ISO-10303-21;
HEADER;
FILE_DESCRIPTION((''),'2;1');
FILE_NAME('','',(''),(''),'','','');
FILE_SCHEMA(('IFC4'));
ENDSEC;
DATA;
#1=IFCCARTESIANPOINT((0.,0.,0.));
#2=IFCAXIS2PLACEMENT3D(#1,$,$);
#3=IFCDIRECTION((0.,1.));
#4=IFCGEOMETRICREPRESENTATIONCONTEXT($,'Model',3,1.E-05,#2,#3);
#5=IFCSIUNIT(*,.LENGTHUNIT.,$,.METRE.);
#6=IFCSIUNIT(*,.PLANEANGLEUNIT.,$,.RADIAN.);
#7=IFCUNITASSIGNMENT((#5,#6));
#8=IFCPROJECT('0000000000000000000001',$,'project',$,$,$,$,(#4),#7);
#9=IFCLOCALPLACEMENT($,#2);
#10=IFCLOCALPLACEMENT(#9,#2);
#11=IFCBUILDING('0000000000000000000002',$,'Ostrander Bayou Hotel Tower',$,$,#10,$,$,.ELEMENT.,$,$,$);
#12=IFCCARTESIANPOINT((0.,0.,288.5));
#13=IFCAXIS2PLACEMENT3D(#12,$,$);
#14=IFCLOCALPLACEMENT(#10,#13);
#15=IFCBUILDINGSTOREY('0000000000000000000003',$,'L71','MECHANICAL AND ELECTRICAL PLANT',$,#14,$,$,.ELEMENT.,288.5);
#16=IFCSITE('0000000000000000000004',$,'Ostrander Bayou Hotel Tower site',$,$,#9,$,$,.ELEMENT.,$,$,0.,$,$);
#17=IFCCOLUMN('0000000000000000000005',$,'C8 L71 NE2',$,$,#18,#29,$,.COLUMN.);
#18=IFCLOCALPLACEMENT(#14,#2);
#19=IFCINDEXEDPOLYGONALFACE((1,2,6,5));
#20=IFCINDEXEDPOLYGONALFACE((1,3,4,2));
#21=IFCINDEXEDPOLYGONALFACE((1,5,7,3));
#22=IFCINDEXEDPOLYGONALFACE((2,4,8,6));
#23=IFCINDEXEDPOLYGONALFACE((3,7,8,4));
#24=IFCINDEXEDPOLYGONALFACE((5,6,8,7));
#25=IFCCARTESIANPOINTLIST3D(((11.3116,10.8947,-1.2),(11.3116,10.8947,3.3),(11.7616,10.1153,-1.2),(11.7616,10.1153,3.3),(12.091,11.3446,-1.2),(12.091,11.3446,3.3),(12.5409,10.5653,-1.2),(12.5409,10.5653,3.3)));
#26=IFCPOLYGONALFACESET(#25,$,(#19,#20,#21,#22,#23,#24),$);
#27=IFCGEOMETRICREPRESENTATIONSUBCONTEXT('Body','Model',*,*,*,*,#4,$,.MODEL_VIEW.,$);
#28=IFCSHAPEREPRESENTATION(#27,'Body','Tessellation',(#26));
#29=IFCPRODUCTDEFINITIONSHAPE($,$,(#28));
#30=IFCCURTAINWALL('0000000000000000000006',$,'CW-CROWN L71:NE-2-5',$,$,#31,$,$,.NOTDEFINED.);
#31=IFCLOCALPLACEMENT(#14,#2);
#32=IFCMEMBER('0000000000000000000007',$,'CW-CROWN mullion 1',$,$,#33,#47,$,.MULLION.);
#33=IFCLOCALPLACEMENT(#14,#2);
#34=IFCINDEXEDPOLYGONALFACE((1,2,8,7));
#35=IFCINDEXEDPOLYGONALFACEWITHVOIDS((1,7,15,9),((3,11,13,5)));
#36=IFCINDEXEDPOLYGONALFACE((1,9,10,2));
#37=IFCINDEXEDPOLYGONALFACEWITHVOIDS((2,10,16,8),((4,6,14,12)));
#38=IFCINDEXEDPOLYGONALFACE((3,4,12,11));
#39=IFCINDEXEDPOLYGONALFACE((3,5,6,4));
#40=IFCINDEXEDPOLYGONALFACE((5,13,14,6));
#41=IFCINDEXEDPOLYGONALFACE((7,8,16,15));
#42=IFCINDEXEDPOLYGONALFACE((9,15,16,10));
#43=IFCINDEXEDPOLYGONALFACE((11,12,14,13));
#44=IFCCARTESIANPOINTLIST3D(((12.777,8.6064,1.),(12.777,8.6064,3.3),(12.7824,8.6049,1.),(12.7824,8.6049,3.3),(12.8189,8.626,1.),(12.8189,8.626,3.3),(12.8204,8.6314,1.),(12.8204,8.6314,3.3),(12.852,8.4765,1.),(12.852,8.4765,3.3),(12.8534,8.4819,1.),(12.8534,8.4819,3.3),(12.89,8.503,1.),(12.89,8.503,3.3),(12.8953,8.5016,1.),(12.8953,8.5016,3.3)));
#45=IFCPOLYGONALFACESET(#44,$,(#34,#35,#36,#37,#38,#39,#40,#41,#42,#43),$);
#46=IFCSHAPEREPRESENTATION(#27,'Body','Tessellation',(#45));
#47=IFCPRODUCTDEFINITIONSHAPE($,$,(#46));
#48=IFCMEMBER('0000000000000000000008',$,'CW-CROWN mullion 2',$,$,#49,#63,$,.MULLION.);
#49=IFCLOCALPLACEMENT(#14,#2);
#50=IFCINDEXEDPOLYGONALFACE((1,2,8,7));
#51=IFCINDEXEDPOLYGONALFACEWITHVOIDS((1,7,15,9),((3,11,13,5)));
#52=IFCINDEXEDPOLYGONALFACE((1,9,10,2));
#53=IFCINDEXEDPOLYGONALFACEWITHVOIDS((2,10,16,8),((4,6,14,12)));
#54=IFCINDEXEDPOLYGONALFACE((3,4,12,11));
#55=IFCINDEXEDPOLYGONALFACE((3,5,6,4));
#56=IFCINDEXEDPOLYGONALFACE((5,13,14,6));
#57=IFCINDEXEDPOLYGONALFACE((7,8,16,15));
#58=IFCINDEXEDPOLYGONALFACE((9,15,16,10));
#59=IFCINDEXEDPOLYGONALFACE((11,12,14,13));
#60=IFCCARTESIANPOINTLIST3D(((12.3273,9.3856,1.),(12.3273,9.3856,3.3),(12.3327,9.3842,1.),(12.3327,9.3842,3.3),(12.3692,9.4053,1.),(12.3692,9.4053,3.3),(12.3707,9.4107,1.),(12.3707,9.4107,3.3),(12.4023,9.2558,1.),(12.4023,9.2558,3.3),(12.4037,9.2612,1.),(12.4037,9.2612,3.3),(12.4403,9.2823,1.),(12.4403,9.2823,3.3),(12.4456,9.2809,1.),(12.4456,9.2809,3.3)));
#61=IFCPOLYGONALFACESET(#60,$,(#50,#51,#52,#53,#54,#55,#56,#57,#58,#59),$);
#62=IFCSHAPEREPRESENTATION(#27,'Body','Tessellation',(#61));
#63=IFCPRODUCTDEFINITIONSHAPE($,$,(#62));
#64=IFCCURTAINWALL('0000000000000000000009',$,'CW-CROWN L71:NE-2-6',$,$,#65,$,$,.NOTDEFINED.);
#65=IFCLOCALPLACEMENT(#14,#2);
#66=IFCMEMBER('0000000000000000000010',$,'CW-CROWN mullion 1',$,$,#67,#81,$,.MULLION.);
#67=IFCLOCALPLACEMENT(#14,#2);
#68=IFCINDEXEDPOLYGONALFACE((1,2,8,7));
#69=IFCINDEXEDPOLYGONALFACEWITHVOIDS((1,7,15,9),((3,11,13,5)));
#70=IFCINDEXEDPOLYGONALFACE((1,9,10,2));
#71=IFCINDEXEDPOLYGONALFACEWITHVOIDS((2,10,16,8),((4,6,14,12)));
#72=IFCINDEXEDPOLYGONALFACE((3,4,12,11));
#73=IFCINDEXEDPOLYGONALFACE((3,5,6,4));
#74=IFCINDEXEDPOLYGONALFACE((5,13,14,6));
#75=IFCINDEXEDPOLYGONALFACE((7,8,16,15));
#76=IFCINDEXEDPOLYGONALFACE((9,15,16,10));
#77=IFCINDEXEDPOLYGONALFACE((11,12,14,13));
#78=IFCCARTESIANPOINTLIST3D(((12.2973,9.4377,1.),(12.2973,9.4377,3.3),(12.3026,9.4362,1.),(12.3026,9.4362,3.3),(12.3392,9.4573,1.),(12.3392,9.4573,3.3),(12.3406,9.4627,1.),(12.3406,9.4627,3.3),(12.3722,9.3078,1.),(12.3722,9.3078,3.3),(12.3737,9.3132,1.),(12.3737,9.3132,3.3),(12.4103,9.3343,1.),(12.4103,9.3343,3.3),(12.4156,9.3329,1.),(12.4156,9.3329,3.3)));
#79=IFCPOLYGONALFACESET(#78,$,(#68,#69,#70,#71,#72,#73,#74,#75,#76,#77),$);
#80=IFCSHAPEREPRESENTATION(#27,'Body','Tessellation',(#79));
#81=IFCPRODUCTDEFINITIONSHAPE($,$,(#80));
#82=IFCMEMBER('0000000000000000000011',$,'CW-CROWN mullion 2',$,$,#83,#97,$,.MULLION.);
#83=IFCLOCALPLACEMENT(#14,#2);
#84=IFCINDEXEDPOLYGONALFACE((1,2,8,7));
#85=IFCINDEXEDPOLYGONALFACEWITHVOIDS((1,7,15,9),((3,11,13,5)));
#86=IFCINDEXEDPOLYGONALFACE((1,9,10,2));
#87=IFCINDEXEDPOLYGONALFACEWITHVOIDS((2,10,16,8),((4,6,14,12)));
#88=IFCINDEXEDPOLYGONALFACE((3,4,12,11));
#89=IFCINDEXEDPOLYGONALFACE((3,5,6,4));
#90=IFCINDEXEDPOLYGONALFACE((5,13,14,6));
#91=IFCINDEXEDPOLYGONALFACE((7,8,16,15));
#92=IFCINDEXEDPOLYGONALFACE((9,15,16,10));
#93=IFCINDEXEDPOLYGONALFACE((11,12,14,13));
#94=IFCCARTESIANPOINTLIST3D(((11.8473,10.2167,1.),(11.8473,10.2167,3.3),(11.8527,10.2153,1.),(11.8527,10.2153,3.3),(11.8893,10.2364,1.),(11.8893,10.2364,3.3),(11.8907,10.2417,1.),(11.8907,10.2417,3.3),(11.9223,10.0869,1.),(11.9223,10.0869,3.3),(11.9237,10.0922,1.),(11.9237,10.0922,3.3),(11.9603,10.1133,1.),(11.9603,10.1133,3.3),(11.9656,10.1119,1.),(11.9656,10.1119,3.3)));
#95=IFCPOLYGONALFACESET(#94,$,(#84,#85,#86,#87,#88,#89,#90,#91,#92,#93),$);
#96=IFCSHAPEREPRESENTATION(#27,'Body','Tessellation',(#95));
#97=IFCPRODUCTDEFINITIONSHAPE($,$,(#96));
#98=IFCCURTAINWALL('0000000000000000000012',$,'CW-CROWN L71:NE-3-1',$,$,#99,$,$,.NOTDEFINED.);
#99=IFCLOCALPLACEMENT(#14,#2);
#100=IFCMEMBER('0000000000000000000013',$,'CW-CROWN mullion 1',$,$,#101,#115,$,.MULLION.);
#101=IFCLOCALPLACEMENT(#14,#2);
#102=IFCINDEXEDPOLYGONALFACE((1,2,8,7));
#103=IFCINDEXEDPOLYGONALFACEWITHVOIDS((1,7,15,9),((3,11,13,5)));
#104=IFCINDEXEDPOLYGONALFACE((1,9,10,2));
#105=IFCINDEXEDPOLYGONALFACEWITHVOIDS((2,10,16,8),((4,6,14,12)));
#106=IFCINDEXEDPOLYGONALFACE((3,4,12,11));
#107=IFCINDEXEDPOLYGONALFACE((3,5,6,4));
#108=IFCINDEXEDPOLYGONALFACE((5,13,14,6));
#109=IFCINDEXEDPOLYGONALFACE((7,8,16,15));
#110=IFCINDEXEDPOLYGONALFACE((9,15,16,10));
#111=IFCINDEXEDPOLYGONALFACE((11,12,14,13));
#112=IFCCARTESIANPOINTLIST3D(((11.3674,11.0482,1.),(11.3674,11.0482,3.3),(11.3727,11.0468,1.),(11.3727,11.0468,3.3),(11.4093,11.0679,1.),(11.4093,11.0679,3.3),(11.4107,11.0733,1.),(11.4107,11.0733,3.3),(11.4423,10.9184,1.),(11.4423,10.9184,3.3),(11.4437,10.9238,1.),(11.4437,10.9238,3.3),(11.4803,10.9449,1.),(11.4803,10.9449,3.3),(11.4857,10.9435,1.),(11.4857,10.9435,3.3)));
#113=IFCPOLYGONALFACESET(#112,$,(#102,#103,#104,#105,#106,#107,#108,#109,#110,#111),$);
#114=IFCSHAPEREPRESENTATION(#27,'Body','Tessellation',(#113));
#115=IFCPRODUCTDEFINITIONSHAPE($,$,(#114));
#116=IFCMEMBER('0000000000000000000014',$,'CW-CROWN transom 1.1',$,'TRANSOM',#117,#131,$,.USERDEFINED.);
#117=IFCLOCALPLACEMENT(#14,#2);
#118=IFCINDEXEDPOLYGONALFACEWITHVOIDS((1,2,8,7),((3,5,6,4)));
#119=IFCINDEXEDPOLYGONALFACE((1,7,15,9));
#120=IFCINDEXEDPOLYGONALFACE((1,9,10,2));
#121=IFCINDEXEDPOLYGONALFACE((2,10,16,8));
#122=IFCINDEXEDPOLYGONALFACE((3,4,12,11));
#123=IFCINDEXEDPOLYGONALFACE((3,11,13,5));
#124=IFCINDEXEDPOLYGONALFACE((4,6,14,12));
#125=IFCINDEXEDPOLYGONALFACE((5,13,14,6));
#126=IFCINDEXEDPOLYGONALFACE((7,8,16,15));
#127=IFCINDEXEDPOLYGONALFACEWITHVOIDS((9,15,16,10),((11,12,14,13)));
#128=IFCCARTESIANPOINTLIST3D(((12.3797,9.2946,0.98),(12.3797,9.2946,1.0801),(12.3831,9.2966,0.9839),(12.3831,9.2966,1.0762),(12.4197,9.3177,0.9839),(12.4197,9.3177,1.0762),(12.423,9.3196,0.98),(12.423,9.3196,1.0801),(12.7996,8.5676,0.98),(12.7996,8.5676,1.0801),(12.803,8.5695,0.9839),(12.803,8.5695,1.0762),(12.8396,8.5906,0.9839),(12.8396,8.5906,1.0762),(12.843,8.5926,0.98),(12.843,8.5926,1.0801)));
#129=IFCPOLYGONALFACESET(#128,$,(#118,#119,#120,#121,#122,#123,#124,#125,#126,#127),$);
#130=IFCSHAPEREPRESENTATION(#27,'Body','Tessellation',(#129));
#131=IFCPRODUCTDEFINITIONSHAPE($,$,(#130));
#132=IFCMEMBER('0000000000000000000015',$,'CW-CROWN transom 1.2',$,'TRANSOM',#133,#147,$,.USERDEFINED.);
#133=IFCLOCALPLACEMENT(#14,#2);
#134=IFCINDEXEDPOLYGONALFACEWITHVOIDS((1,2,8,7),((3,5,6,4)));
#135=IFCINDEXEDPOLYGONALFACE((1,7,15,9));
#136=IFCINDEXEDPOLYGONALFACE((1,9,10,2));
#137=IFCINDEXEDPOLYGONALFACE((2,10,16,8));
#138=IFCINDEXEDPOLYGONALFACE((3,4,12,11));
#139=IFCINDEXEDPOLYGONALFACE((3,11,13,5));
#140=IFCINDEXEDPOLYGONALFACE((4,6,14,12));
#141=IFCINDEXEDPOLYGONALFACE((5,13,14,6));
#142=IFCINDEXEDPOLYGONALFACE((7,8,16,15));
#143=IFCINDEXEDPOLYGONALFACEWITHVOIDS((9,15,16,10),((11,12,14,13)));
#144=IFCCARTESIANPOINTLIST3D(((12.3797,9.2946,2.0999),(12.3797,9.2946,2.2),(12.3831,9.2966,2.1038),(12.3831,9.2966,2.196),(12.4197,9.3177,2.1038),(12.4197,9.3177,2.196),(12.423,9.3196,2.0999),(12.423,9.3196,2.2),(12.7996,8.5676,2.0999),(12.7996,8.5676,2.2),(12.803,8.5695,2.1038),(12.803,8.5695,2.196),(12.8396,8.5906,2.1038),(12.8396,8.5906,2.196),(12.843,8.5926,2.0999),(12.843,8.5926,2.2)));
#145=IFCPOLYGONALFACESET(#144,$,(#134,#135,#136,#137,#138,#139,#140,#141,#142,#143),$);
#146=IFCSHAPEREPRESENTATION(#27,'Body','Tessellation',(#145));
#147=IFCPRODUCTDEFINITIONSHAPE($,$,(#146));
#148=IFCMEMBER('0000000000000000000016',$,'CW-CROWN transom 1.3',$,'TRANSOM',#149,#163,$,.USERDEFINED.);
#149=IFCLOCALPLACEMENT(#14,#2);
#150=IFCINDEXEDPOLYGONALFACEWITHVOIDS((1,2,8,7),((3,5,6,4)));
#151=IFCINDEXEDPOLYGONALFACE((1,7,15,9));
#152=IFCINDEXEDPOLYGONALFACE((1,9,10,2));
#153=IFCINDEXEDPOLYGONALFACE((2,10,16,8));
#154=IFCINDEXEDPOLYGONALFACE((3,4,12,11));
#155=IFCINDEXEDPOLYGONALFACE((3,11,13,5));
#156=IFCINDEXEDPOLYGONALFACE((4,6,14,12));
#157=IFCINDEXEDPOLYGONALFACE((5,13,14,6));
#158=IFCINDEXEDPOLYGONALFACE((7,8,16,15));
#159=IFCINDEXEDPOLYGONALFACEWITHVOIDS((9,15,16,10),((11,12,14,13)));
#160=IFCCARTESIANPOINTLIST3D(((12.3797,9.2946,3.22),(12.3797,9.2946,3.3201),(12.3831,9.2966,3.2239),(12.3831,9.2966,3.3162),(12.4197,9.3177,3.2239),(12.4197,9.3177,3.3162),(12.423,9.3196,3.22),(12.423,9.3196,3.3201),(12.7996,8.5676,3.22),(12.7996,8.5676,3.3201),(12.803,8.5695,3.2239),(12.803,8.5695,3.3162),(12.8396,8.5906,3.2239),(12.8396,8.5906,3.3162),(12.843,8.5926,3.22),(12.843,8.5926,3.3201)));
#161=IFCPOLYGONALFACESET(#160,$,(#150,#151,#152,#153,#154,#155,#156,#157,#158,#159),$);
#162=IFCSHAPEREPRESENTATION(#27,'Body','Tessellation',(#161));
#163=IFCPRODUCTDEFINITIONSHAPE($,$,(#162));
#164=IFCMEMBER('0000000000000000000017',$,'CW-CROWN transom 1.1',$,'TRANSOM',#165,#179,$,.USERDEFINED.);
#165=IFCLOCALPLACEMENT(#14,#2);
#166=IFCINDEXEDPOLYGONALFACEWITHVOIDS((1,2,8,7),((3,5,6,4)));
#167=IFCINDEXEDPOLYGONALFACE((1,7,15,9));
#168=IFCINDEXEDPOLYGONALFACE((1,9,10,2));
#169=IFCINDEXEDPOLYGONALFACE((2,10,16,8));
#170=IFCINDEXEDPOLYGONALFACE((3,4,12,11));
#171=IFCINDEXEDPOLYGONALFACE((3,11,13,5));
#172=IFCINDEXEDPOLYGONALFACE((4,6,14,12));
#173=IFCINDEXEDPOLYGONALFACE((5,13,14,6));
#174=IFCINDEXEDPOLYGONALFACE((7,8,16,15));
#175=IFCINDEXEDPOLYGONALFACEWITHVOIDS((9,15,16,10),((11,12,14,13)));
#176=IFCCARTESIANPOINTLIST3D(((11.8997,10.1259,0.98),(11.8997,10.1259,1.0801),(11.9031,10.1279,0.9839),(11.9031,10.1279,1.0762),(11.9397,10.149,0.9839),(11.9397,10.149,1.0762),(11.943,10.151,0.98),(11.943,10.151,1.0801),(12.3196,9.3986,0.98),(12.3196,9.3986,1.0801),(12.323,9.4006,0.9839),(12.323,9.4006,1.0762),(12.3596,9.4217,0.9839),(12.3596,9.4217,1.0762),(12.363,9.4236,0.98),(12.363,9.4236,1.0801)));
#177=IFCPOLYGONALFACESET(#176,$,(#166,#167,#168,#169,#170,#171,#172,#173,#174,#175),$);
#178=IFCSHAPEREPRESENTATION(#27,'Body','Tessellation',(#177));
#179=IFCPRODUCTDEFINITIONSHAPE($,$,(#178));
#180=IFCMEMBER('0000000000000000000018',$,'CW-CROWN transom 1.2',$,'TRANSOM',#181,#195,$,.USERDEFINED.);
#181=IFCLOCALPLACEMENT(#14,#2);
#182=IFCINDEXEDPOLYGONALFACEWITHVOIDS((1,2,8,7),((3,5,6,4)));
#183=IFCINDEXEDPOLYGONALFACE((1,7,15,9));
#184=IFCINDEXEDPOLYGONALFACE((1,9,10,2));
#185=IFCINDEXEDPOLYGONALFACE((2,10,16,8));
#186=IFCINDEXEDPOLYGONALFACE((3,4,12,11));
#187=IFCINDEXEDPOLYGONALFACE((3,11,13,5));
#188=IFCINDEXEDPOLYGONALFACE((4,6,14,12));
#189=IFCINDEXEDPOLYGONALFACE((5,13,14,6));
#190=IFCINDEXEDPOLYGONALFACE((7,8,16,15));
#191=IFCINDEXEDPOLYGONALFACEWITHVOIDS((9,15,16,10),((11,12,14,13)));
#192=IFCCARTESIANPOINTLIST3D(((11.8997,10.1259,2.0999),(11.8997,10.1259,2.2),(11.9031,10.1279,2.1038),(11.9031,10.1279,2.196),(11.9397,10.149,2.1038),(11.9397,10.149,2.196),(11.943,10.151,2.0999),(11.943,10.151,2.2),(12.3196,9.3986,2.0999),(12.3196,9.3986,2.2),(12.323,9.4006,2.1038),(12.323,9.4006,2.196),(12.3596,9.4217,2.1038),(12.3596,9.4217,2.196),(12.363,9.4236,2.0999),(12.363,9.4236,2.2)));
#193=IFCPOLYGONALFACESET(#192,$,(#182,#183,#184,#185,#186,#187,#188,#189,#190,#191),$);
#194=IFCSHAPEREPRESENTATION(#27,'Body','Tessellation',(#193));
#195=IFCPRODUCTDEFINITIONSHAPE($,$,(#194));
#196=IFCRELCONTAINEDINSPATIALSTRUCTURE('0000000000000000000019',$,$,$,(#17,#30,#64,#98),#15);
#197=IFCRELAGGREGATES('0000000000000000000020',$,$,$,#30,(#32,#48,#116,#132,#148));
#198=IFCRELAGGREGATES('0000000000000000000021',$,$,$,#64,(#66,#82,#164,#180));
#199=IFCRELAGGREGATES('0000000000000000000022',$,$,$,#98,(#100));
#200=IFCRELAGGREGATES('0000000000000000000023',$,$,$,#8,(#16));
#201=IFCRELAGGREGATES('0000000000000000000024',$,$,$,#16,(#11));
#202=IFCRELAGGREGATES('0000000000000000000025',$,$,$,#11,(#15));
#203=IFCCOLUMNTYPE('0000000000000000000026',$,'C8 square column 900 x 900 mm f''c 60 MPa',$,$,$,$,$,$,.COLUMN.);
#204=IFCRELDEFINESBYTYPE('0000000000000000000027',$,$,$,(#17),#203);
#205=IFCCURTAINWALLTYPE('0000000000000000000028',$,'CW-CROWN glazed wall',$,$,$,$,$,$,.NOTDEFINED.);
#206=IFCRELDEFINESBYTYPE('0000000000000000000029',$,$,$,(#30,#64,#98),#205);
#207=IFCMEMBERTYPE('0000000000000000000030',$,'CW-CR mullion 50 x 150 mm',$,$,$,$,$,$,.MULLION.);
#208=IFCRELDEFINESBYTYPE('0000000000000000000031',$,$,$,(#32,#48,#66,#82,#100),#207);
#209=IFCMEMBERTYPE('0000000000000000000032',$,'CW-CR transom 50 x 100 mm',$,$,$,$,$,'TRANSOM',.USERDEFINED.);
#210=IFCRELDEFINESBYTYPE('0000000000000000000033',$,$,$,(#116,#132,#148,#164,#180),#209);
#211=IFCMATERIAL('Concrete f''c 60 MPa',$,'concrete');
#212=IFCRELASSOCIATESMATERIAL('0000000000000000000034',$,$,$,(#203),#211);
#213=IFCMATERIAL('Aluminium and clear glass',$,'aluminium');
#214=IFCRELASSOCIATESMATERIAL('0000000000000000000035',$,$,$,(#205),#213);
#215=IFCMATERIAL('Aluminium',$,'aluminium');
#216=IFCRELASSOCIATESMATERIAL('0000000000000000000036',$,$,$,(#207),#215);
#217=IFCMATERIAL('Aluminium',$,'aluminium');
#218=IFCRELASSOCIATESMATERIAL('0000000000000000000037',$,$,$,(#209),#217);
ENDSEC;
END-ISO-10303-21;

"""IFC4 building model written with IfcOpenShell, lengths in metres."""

from ifc_helpers import new_model, si_unit, direction, frame, origin, origin_2d, place, context, subcontext, project, spatial, rectangle, hollow_rectangle, extrude, material, material_profile, profile_set, type_object, element, aggregate, save


model = new_model("IFC4")

# Units and contexts
model_context = context("Model", 3, precision=1e-05, world=origin(), true_north=direction((0.0, 1.0)))
body_context = subcontext(model_context, "Body", "Model", "MODEL_VIEW")
ifc_project = project(units=[si_unit("LENGTHUNIT", "METRE"), si_unit("PLANEANGLEUNIT", "RADIAN")], contexts=[model_context])

# Site, building, storey
site_placement = place(None, origin())
site = spatial("IfcSite", under=ifc_project, at=site_placement, Name="Ostrander Bayou Hotel Tower site", CompositionType="ELEMENT", RefElevation=0.0)
building_placement = place(site_placement, origin())
building = spatial("IfcBuilding", under=site, at=building_placement, Name="Ostrander Bayou Hotel Tower", CompositionType="ELEMENT")
storey_placement = place(building_placement, frame((0.0, 0.0, 288.5)))
storey = spatial("IfcBuildingStorey", under=building, at=storey_placement, Name="L71", Description="MECHANICAL AND ELECTRICAL PLANT", CompositionType="ELEMENT", Elevation=288.5)

# Column
ifc_material_1 = material(Name="Concrete f'c 60 MPa", Category="concrete")
ifc_material_profile_1 = material_profile(ifc_material_1, rectangle(XDim=0.8999, YDim=0.8999, at=origin_2d()))
ifc_profile_set_1 = profile_set([ifc_material_profile_1], Name="Concrete f'c 60 MPa")
column_type = type_object("IfcColumnType", Name="C8 square column 900 x 900 mm f'c 60 MPa", PredefinedType="COLUMN", material=ifc_profile_set_1)
column_placement = place(storey_placement, frame((11.9263, 10.73, -1.2), z_axis=(0.0, 0.0, 1.0), x_axis=(0.5, -0.866025, 0.0)))
element("IfcColumn", 1, at=column_placement, inside=storey, type_object=column_type, Name="C8 L71 NE2", PredefinedType="COLUMN", context=body_context, shape_type="SweptSolid", body=[
    extrude(rectangle(XDim=0.8999, YDim=0.8999, at=origin_2d()), origin(), (0.0, 0.0, 1.0), 4.5),
])

# Curtain walls, members
ifc_material_2 = material(Name="Aluminium and clear glass", Category="aluminium")
curtain_wall_type = type_object("IfcCurtainWallType", Name="CW-CROWN glazed wall", PredefinedType="NOTDEFINED", material=ifc_material_2)
curtain_wall_1_placement = place(storey_placement, origin())
curtain_wall_1 = element("IfcCurtainWall", 2, at=curtain_wall_1_placement, inside=storey, type_object=curtain_wall_type, Name="CW-CROWN L71:NE-2-5", PredefinedType="NOTDEFINED")
ifc_material_3 = material(Name="Aluminium", Category="aluminium")
ifc_material_profile_2 = material_profile(ifc_material_3, hollow_rectangle(XDim=0.05, YDim=0.1499, WallThickness=0.0039, at=origin_2d()))
ifc_profile_set_2 = profile_set([ifc_material_profile_2], Name="Aluminium")
member_type_1 = type_object("IfcMemberType", Name="CW-CR mullion 50 x 150 mm", PredefinedType="MULLION", material=ifc_profile_set_2)
member_1_placement = place(storey_placement, frame((12.8362, 8.554, 1.0), z_axis=(0.0, 0.0, 1.0), x_axis=(-0.866022, -0.500005, 0.0)))
member_1 = element("IfcMember", 3, at=member_1_placement, type_object=member_type_1, Name="CW-CROWN mullion 1", PredefinedType="MULLION", context=body_context, shape_type="SweptSolid", body=[
    extrude(hollow_rectangle(XDim=0.05, YDim=0.1499, WallThickness=0.0039, at=origin_2d()), origin(), (0.0, 0.0, 1.0), 2.3),
])
member_2_placement = place(storey_placement, frame((12.3865, 9.3333, 1.0), z_axis=(0.0, 0.0, 1.0), x_axis=(-0.866022, -0.500005, 0.0)))
member_2 = element("IfcMember", 4, at=member_2_placement, type_object=member_type_1, Name="CW-CROWN mullion 2", PredefinedType="MULLION", context=body_context, shape_type="SweptSolid", body=[
    extrude(hollow_rectangle(XDim=0.05, YDim=0.1499, WallThickness=0.0039, at=origin_2d()), origin(), (0.0, 0.0, 1.0), 2.3),
])
curtain_wall_2_placement = place(storey_placement, origin())
curtain_wall_2 = element("IfcCurtainWall", 5, at=curtain_wall_2_placement, inside=storey, type_object=curtain_wall_type, Name="CW-CROWN L71:NE-2-6", PredefinedType="NOTDEFINED")
member_3_placement = place(storey_placement, frame((12.3564, 9.3853, 1.0), z_axis=(0.0, 0.0, 1.0), x_axis=(-0.866022, -0.500005, 0.0)))
member_3 = element("IfcMember", 6, at=member_3_placement, type_object=member_type_1, Name="CW-CROWN mullion 1", PredefinedType="MULLION", context=body_context, shape_type="SweptSolid", body=[
    extrude(hollow_rectangle(XDim=0.05, YDim=0.1499, WallThickness=0.0039, at=origin_2d()), origin(), (0.0, 0.0, 1.0), 2.3),
])
member_4_placement = place(storey_placement, frame((11.9065, 10.1643, 1.0), z_axis=(0.0, 0.0, 1.0), x_axis=(-0.866022, -0.500005, 0.0)))
member_4 = element("IfcMember", 7, at=member_4_placement, type_object=member_type_1, Name="CW-CROWN mullion 2", PredefinedType="MULLION", context=body_context, shape_type="SweptSolid", body=[
    extrude(hollow_rectangle(XDim=0.05, YDim=0.1499, WallThickness=0.0039, at=origin_2d()), origin(), (0.0, 0.0, 1.0), 2.3),
])

# Curtain wall, member
curtain_wall_3_placement = place(storey_placement, origin())
curtain_wall_3 = element("IfcCurtainWall", 8, at=curtain_wall_3_placement, inside=storey, type_object=curtain_wall_type, Name="CW-CROWN L71:NE-3-1", PredefinedType="NOTDEFINED")
member_5_placement = place(storey_placement, frame((11.4265, 10.9958, 1.0), z_axis=(0.0, 0.0, 1.0), x_axis=(-0.866026, -0.499999, 0.0)))
member_5 = element("IfcMember", 9, at=member_5_placement, type_object=member_type_1, Name="CW-CROWN mullion 1", PredefinedType="MULLION", context=body_context, shape_type="SweptSolid", body=[
    extrude(hollow_rectangle(XDim=0.05, YDim=0.1499, WallThickness=0.0039, at=origin_2d()), origin(), (0.0, 0.0, 1.0), 2.3),
])

# Members
ifc_material_4 = material(Name="Aluminium", Category="aluminium")
ifc_material_profile_3 = material_profile(ifc_material_4, hollow_rectangle(XDim=0.05, YDim=0.1001, WallThickness=0.0039, at=origin_2d()))
ifc_profile_set_3 = profile_set([ifc_material_profile_3], Name="Aluminium")
member_type_2 = type_object("IfcMemberType", Name="CW-CR transom 50 x 100 mm", ElementType="TRANSOM", PredefinedType="USERDEFINED", material=ifc_profile_set_3)
member_6_placement = place(storey_placement, frame((12.8213, 8.5801, 1.03), z_axis=(-0.500142, 0.865943, 0.0), x_axis=(-0.865943, -0.500142, 0.0)))
member_6 = element("IfcMember", 10, at=member_6_placement, type_object=member_type_2, Name="CW-CROWN transom 1.1", ObjectType="TRANSOM", PredefinedType="USERDEFINED", context=body_context, shape_type="SweptSolid", body=[
    extrude(hollow_rectangle(XDim=0.05, YDim=0.1001, WallThickness=0.0039, at=origin_2d()), origin(), (0.0, 0.0, 1.0), 0.8396),
])
member_7_placement = place(storey_placement, frame((12.8213, 8.5801, 2.1499), z_axis=(-0.500142, 0.865943, 0.0), x_axis=(-0.865943, -0.500142, 0.0)))
member_7 = element("IfcMember", 11, at=member_7_placement, type_object=member_type_2, Name="CW-CROWN transom 1.2", ObjectType="TRANSOM", PredefinedType="USERDEFINED", context=body_context, shape_type="SweptSolid", body=[
    extrude(hollow_rectangle(XDim=0.05, YDim=0.1001, WallThickness=0.0039, at=origin_2d()), origin(), (0.0, 0.0, 1.0), 0.8396),
])
member_8_placement = place(storey_placement, frame((12.8213, 8.5801, 3.27), z_axis=(-0.500142, 0.865943, 0.0), x_axis=(-0.865943, -0.500142, 0.0)))
member_8 = element("IfcMember", 12, at=member_8_placement, type_object=member_type_2, Name="CW-CROWN transom 1.3", ObjectType="TRANSOM", PredefinedType="USERDEFINED", context=body_context, shape_type="SweptSolid", body=[
    extrude(hollow_rectangle(XDim=0.05, YDim=0.1001, WallThickness=0.0039, at=origin_2d()), origin(), (0.0, 0.0, 1.0), 0.8396),
])
member_9_placement = place(storey_placement, frame((12.3413, 9.4111, 1.03), z_axis=(-0.500016, 0.866016, 0.0), x_axis=(-0.866016, -0.500016, 0.0)))
member_9 = element("IfcMember", 13, at=member_9_placement, type_object=member_type_2, Name="CW-CROWN transom 1.1", ObjectType="TRANSOM", PredefinedType="USERDEFINED", context=body_context, shape_type="SweptSolid", body=[
    extrude(hollow_rectangle(XDim=0.05, YDim=0.1001, WallThickness=0.0039, at=origin_2d()), origin(), (0.0, 0.0, 1.0), 0.8398),
])
member_10_placement = place(storey_placement, frame((12.3413, 9.4111, 2.1499), z_axis=(-0.500016, 0.866016, 0.0), x_axis=(-0.866016, -0.500016, 0.0)))
member_10 = element("IfcMember", 14, at=member_10_placement, type_object=member_type_2, Name="CW-CROWN transom 1.2", ObjectType="TRANSOM", PredefinedType="USERDEFINED", context=body_context, shape_type="SweptSolid", body=[
    extrude(hollow_rectangle(XDim=0.05, YDim=0.1001, WallThickness=0.0039, at=origin_2d()), origin(), (0.0, 0.0, 1.0), 0.8398),
])

aggregate(curtain_wall_1, [member_1, member_2, member_6, member_7, member_8])
aggregate(curtain_wall_2, [member_3, member_4, member_9, member_10])
aggregate(curtain_wall_3, [member_5])

save(model, "model.ifc")
